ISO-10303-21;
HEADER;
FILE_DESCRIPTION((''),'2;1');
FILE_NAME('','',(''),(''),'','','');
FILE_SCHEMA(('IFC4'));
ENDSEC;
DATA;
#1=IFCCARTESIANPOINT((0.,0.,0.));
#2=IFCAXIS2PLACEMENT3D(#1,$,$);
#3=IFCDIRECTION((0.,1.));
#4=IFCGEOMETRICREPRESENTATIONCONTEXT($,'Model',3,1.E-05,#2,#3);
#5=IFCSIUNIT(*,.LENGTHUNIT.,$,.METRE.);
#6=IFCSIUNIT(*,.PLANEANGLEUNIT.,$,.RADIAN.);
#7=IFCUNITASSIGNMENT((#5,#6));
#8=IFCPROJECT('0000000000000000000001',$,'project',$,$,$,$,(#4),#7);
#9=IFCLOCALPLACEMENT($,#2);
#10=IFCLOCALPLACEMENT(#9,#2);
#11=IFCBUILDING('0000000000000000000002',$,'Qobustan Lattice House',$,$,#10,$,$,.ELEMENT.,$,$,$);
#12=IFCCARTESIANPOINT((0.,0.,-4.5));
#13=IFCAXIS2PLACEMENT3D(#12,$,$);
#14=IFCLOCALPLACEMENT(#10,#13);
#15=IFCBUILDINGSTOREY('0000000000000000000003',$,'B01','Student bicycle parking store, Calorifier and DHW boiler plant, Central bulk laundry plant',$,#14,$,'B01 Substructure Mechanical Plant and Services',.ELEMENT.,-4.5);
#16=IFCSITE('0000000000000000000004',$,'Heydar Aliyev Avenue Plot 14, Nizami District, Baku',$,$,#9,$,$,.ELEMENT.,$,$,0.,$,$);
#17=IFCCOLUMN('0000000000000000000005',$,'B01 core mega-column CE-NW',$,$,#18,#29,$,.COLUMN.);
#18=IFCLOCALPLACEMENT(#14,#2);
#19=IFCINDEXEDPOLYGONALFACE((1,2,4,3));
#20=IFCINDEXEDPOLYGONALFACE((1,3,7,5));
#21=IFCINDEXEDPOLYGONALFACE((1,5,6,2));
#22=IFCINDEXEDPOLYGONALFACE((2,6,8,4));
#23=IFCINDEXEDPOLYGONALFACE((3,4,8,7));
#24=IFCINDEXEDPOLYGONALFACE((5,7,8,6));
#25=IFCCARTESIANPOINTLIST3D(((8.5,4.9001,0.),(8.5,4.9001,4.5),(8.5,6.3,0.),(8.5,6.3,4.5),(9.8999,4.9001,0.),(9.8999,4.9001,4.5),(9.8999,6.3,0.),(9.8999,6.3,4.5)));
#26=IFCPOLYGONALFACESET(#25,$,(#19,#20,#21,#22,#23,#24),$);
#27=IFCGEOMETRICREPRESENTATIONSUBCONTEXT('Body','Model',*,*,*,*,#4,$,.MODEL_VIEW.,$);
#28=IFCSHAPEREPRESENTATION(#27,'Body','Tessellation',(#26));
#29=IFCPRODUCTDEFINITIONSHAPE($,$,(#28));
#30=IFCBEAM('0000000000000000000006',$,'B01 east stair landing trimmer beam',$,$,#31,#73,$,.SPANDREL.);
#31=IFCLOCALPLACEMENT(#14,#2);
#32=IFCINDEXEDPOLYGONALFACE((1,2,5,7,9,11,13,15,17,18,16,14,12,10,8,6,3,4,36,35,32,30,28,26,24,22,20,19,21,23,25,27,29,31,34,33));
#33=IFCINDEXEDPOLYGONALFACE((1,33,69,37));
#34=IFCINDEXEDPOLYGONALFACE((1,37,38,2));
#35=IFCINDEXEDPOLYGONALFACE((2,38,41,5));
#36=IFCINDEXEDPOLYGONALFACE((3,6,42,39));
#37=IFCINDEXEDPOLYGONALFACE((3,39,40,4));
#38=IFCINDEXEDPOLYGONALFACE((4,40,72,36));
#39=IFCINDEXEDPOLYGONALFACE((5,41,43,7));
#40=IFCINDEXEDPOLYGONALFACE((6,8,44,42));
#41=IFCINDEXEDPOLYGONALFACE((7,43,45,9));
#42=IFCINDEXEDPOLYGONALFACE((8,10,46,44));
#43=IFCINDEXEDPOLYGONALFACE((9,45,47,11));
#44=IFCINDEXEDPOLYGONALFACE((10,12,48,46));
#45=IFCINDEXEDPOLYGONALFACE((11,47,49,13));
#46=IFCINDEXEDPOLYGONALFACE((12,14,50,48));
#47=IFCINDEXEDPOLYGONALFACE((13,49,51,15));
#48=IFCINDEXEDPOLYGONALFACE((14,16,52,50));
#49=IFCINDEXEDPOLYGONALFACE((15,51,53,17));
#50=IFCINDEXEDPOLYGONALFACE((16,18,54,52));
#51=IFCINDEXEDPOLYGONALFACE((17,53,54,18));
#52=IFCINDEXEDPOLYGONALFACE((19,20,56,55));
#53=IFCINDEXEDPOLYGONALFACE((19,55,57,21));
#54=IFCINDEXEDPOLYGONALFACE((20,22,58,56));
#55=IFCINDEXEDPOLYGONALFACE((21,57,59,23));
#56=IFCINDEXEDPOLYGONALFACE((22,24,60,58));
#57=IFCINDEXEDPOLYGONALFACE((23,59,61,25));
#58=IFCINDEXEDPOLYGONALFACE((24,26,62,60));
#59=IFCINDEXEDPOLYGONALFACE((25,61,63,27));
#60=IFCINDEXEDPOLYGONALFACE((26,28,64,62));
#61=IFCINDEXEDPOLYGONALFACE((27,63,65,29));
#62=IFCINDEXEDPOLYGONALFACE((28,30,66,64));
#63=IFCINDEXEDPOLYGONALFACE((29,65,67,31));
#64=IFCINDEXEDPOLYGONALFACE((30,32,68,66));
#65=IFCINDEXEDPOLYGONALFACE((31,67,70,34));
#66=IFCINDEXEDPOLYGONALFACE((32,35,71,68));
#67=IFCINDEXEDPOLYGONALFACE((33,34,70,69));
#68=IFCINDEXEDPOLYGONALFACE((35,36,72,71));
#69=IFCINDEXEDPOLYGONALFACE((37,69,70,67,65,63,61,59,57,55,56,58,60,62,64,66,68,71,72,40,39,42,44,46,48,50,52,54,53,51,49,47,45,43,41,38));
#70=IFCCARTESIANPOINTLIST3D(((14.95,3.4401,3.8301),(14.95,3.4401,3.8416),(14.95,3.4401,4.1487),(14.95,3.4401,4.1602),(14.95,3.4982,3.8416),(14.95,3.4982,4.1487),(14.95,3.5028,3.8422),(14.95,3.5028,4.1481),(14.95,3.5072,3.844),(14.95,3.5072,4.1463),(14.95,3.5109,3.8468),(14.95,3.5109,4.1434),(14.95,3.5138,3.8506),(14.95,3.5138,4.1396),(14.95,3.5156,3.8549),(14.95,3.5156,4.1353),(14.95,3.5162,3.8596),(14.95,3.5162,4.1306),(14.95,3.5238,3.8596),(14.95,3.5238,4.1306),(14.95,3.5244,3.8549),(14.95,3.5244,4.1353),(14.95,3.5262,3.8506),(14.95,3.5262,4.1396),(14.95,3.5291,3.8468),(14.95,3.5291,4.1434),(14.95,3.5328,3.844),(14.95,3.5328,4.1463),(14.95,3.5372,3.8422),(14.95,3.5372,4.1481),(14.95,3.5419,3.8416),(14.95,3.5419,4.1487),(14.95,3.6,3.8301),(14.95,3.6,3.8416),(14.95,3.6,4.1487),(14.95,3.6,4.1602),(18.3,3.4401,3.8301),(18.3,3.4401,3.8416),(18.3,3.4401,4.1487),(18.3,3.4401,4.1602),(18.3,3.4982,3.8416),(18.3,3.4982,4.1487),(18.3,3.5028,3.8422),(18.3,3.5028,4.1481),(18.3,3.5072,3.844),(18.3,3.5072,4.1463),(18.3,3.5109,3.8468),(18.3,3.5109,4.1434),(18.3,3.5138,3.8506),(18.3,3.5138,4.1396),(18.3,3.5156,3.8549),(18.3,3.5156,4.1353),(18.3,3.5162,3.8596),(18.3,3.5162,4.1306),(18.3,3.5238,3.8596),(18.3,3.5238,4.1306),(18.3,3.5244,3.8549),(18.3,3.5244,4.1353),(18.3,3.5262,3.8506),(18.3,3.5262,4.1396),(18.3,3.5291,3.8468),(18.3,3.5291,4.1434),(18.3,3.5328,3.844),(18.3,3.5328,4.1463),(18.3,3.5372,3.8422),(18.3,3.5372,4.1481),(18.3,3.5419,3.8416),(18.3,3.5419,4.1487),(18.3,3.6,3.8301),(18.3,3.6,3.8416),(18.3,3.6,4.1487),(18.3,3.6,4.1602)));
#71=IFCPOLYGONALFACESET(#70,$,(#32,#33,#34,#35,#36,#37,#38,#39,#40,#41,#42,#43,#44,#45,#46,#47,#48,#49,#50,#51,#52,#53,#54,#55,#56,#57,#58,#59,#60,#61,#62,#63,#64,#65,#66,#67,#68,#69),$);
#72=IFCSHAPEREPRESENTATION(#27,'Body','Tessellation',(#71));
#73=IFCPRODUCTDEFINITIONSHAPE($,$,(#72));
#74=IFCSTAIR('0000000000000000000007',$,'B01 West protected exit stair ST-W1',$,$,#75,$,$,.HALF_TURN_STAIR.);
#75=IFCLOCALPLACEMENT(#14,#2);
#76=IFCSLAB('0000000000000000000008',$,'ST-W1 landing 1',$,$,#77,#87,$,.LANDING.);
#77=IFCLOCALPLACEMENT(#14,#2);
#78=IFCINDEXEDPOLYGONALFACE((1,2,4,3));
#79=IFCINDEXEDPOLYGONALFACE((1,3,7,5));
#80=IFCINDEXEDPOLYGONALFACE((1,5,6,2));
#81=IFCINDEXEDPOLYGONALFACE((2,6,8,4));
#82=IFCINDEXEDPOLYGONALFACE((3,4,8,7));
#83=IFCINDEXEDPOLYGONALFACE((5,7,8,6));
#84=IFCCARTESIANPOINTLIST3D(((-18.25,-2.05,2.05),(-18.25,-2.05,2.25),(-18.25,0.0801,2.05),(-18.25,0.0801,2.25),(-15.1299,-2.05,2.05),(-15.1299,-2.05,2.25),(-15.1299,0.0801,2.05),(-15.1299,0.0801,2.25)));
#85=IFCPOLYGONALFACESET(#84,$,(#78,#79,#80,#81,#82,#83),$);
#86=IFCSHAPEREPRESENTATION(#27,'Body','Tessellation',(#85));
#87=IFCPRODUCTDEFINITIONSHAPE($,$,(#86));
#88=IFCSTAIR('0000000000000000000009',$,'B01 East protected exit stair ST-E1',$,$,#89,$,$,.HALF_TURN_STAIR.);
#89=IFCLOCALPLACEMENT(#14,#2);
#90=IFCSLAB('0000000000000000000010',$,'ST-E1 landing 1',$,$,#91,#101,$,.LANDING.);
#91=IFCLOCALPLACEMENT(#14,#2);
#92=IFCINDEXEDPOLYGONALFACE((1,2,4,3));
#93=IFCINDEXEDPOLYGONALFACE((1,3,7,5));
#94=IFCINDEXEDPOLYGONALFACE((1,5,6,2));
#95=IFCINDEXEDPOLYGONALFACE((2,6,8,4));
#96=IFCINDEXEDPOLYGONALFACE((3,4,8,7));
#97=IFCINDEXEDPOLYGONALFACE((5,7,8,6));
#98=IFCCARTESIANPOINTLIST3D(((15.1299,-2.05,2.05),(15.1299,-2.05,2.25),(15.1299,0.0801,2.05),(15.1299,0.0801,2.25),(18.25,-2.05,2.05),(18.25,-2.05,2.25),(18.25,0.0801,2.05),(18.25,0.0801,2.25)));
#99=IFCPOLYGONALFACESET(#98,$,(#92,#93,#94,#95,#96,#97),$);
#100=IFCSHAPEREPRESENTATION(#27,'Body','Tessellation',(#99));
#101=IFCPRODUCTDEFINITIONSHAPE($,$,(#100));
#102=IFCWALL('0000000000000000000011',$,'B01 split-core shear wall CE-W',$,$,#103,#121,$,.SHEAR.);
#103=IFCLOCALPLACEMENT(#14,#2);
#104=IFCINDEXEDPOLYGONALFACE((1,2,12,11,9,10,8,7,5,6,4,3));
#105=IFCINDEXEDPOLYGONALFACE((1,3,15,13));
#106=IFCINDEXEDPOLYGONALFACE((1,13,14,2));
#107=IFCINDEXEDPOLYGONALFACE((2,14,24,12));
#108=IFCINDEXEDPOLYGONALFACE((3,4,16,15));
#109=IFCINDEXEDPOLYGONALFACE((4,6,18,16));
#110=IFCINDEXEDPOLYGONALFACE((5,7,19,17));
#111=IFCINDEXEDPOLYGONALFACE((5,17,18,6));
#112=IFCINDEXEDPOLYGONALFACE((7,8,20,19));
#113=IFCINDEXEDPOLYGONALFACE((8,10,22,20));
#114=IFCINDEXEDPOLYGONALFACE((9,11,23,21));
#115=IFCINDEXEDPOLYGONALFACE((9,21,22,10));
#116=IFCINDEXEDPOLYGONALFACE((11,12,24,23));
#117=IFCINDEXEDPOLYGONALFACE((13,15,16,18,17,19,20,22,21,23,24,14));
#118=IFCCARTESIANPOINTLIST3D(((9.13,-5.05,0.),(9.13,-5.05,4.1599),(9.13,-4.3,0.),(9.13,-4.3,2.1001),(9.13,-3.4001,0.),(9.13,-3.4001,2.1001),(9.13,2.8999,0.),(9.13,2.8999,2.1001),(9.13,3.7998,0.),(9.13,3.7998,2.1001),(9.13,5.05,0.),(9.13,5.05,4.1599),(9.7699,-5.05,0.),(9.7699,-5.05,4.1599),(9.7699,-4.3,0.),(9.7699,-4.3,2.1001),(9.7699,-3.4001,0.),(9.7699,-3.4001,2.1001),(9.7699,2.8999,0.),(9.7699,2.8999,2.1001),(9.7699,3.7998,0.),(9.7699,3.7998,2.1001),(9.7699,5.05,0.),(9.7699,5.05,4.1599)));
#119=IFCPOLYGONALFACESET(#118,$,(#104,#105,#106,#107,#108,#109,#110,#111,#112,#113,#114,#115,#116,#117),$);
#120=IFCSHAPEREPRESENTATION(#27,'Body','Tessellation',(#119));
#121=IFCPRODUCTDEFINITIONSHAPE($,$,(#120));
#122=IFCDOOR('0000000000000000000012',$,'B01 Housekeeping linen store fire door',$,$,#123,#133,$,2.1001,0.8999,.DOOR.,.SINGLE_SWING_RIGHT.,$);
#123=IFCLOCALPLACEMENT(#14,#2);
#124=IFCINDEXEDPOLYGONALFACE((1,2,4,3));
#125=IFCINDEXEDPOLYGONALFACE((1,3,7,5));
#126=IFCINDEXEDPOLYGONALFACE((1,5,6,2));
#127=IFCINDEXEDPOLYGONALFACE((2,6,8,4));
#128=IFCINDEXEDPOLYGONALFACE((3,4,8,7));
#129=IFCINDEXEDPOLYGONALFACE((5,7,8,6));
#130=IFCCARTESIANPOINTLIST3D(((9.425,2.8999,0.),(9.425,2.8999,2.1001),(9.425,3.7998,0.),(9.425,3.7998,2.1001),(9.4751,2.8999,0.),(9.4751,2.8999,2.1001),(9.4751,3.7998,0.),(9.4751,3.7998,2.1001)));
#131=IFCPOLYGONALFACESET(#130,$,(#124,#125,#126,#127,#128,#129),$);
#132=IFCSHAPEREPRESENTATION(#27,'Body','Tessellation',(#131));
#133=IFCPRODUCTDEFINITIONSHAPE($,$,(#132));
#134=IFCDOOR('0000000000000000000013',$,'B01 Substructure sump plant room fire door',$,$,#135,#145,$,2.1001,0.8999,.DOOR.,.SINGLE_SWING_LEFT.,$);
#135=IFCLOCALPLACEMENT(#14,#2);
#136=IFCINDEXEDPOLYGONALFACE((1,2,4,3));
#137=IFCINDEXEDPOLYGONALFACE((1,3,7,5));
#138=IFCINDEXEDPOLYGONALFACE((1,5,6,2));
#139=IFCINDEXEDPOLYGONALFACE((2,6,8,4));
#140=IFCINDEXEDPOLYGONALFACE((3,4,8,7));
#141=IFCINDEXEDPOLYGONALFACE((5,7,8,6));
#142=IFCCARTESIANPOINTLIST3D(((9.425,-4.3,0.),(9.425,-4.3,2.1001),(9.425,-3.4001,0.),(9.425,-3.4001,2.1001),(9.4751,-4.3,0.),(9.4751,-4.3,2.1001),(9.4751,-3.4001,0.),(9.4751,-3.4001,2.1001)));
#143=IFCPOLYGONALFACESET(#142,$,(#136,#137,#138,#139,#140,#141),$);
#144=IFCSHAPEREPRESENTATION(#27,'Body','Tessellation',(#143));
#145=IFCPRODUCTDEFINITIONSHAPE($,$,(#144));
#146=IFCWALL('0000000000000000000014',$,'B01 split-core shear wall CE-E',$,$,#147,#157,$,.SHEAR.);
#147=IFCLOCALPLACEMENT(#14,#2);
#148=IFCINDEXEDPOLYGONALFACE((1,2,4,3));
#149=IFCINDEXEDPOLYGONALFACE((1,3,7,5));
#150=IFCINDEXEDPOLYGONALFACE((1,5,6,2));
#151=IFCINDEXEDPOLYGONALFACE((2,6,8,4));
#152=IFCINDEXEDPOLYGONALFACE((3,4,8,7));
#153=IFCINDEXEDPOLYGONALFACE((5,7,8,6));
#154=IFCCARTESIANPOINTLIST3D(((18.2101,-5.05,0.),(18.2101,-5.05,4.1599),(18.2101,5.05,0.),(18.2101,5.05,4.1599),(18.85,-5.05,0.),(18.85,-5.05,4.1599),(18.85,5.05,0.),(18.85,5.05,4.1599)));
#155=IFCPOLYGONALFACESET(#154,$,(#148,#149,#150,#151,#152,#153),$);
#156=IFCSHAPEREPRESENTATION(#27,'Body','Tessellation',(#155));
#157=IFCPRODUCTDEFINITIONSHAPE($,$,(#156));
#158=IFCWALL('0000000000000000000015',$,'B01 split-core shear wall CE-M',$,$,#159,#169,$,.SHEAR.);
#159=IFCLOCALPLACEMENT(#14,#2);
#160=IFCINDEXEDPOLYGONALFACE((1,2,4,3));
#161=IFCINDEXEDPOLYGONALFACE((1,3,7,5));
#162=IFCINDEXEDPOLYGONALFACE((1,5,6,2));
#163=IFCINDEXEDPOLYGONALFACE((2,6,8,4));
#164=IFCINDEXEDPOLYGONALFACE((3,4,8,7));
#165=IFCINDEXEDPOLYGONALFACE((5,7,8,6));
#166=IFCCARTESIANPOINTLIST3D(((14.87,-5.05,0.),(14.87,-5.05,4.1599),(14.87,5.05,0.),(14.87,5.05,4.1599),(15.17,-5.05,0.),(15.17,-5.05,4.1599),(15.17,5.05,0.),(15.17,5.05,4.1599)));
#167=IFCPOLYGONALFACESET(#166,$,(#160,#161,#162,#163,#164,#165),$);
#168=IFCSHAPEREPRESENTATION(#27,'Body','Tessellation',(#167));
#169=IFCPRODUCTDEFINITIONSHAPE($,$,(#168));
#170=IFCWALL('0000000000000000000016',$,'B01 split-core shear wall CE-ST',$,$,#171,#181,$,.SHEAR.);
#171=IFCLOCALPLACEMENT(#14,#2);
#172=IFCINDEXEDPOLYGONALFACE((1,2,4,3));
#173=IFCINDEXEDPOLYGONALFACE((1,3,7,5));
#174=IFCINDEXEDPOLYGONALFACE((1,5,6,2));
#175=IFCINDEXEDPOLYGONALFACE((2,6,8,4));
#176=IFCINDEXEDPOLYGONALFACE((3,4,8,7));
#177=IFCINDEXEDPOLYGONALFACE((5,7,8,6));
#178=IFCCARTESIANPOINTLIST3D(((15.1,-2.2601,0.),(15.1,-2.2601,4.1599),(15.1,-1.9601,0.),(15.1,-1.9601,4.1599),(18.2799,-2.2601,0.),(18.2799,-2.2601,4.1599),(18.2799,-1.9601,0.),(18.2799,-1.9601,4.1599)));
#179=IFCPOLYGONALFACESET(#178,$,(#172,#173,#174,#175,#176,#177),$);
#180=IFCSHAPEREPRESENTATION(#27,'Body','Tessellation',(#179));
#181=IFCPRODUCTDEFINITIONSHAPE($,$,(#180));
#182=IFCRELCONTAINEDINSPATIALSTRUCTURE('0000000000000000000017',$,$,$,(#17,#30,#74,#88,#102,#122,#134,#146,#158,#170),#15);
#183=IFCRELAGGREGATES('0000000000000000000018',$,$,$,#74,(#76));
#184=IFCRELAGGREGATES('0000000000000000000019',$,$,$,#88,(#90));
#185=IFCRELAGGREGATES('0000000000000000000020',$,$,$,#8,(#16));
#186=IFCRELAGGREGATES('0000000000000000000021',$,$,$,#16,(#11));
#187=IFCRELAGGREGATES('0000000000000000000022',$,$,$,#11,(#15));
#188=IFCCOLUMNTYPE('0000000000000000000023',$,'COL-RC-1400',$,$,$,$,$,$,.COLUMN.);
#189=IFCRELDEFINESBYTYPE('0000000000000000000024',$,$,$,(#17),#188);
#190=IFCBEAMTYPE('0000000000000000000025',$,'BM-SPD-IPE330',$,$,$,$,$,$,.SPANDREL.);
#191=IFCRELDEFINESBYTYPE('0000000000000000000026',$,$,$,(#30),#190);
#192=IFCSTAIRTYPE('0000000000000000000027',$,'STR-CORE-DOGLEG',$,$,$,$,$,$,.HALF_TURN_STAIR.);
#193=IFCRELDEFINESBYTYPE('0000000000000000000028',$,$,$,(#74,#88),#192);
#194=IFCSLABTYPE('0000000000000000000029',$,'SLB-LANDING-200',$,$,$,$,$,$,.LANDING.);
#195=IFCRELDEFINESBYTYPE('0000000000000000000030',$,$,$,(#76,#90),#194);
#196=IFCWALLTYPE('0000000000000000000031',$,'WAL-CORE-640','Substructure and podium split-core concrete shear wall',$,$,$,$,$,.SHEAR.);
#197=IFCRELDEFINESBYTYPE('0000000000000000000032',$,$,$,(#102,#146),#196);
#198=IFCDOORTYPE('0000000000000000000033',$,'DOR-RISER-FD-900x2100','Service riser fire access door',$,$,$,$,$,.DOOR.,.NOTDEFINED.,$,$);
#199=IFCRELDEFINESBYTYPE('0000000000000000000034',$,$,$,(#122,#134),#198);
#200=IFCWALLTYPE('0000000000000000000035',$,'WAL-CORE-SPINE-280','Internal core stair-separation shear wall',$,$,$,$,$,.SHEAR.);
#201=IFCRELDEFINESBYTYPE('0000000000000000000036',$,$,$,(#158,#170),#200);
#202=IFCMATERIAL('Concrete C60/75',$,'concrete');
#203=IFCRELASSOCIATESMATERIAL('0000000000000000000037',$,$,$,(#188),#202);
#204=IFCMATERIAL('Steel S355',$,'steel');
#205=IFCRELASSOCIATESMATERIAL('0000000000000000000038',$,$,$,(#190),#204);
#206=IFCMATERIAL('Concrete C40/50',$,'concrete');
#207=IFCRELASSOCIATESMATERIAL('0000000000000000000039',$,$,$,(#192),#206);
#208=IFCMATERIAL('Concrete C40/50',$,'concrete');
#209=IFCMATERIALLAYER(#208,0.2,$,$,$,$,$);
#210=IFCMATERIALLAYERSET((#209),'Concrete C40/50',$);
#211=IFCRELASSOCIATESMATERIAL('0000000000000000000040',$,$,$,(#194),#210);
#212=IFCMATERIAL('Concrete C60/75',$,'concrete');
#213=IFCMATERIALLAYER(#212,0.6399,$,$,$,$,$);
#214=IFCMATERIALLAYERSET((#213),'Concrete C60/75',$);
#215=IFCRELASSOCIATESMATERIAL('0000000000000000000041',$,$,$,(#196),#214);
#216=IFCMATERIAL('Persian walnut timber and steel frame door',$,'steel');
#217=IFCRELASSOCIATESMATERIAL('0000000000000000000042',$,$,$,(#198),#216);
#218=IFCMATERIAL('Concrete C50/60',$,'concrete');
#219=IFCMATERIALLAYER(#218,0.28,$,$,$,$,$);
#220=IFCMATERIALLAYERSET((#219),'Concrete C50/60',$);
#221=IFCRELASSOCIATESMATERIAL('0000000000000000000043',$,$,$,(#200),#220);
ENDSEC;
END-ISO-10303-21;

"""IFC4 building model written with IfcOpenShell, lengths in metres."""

from ifc_helpers import new_model, si_unit, direction, frame, frame_2d, origin, origin_2d, place, context, subcontext, project, spatial, polyline, rectangle, i_section, outline, extrude, material, layer, layer_set, material_profile, profile_set, type_object, element, fill, aggregate, save


model = new_model("IFC4")

# Units and contexts
model_context = context("Model", 3, precision=1e-05, world=origin(), true_north=direction((0.0, 1.0)))
body_context = subcontext(model_context, "Body", "Model", "MODEL_VIEW")
ifc_project = project(units=[si_unit("LENGTHUNIT", "METRE"), si_unit("PLANEANGLEUNIT", "RADIAN")], contexts=[model_context])

# Site, building, storey
site_placement = place(None, origin())
site = spatial("IfcSite", under=ifc_project, at=site_placement, Name="Heydar Aliyev Avenue Plot 14, Nizami District, Baku", CompositionType="ELEMENT", RefElevation=0.0)
building_placement = place(site_placement, origin())
building = spatial("IfcBuilding", under=site, at=building_placement, Name="Qobustan Lattice House", CompositionType="ELEMENT")
storey_placement = place(building_placement, frame((0.0, 0.0, -4.5)))
storey = spatial("IfcBuildingStorey", under=building, at=storey_placement, Name="B01", Description="Student bicycle parking store, Calorifier and DHW boiler plant, Central bulk laundry plant", LongName="B01 Substructure Mechanical Plant and Services", CompositionType="ELEMENT", Elevation=-4.5)

# Column
ifc_material_1 = material(Name="Concrete C60/75", Category="concrete")
ifc_material_profile_1 = material_profile(ifc_material_1, rectangle(XDim=1.3999, YDim=1.3999, at=origin_2d()), Name="RC1400x1400")
ifc_profile_set_1 = profile_set([ifc_material_profile_1], Name="Concrete C60/75")
column_type = type_object("IfcColumnType", Name="COL-RC-1400", PredefinedType="COLUMN", material=ifc_profile_set_1)
column_placement = place(storey_placement, frame((9.2, 5.6001, 0.0), z_axis=(0.0, 0.0, 1.0), x_axis=(1.0, 0.0, 0.0)))
element("IfcColumn", 1, at=column_placement, inside=storey, type_object=column_type, Name="B01 core mega-column CE-NW", PredefinedType="COLUMN", context=body_context, shape_type="SweptSolid", body=[
    extrude(rectangle(XDim=1.3999, YDim=1.3999, at=origin_2d()), origin(), (0.0, 0.0, 1.0), 4.5),
])

# Beam
ifc_material_2 = material(Name="Steel S355", Category="steel")
ifc_material_profile_2 = material_profile(ifc_material_2, i_section(OverallWidth=0.1599, OverallDepth=0.3301, WebThickness=0.0076, FlangeThickness=0.0115, FilletRadius=0.0181, at=origin_2d()), Name="IPE330")
ifc_profile_set_2 = profile_set([ifc_material_profile_2], Name="Steel S355")
beam_type = type_object("IfcBeamType", Name="BM-SPD-IPE330", PredefinedType="SPANDREL", material=ifc_profile_set_2)
beam_placement = place(storey_placement, frame((14.95, 3.52, 3.9951), z_axis=(1.0, 0.0, 0.0), x_axis=(0.0, 1.0, 0.0)))
element("IfcBeam", 2, at=beam_placement, inside=storey, type_object=beam_type, Name="B01 east stair landing trimmer beam", PredefinedType="SPANDREL", context=body_context, shape_type="SweptSolid", body=[
    extrude(i_section(OverallWidth=0.1599, OverallDepth=0.3301, WebThickness=0.0076, FlangeThickness=0.0115, FilletRadius=0.0181, at=origin_2d()), origin(), (0.0, 0.0, 1.0), 3.3501),
])

# Stairs, slabs
ifc_material_3 = material(Name="Concrete C40/50", Category="concrete")
stair_type = type_object("IfcStairType", Name="STR-CORE-DOGLEG", PredefinedType="HALF_TURN_STAIR", material=ifc_material_3)
stair_1_placement = place(storey_placement, origin())
stair_1 = element("IfcStair", 3, at=stair_1_placement, inside=storey, type_object=stair_type, Name="B01 West protected exit stair ST-W1", PredefinedType="HALF_TURN_STAIR")
ifc_material_4 = material(Name="Concrete C40/50", Category="concrete")
ifc_layer_1 = layer(ifc_material_4, 0.2)
ifc_layer_set_1 = layer_set([ifc_layer_1], Name="Concrete C40/50")
slab_type = type_object("IfcSlabType", Name="SLB-LANDING-200", PredefinedType="LANDING", material=ifc_layer_set_1)
slab_1_placement = place(storey_placement, frame((0.0, 0.0, 2.05)))
slab_1 = element("IfcSlab", 4, at=slab_1_placement, type_object=slab_type, Name="ST-W1 landing 1", PredefinedType="LANDING", context=body_context, shape_type="SweptSolid", body=[
    extrude(outline(polyline([(-18.25, 0.0801), (-18.25, -2.05), (-15.1299, -2.05), (-15.1299, 0.0801), (-18.25, 0.0801)])), origin(), (0.0, 0.0, 1.0), 0.2),
])
aggregate(stair_1, [slab_1])
stair_2_placement = place(storey_placement, origin())
stair_2 = element("IfcStair", 5, at=stair_2_placement, inside=storey, type_object=stair_type, Name="B01 East protected exit stair ST-E1", PredefinedType="HALF_TURN_STAIR")
slab_2_placement = place(storey_placement, frame((0.0, 0.0, 2.05)))
slab_2 = element("IfcSlab", 6, at=slab_2_placement, type_object=slab_type, Name="ST-E1 landing 1", PredefinedType="LANDING", context=body_context, shape_type="SweptSolid", body=[
    extrude(outline(polyline([(15.1299, 0.0801), (15.1299, -2.05), (18.25, -2.05), (18.25, 0.0801), (15.1299, 0.0801)])), origin(), (0.0, 0.0, 1.0), 0.2),
])

# Wall, openings, doors
ifc_material_5 = material(Name="Concrete C60/75", Category="concrete")
ifc_layer_2 = layer(ifc_material_5, 0.6399)
ifc_layer_set_2 = layer_set([ifc_layer_2], Name="Concrete C60/75")
wall_type_1 = type_object("IfcWallType", Name="WAL-CORE-640", Description="Substructure and podium split-core concrete shear wall", PredefinedType="SHEAR", material=ifc_layer_set_2)
wall_1_placement = place(storey_placement, frame((9.45, -5.05, 0.0), z_axis=(0.0, 0.0, 1.0), x_axis=(0.0, 1.0, 0.0)))
wall_1 = element("IfcWall", 7, at=wall_1_placement, inside=storey, type_object=wall_type_1, Name="B01 split-core shear wall CE-W", PredefinedType="SHEAR", context=body_context, shape_type="SweptSolid", body=[
    extrude(rectangle(XDim=10.1001, YDim=0.6399, at=frame_2d((5.05, 0.0))), origin(), (0.0, 0.0, 1.0), 4.1599),
])
opening_1_placement = place(wall_1_placement, frame((7.95, 0.0, 0.0)))
opening_1 = element("IfcOpeningElement", 8, at=opening_1_placement, cuts=wall_1, PredefinedType="OPENING", context=body_context, shape_type="SweptSolid", body=[
    extrude(rectangle(XDim=0.8999, YDim=2.1001, at=frame_2d((0.45, 1.05))), frame((0.0, 0.3298, 0.0), z_axis=(0.0, -1.0, 0.0), x_axis=(1.0, 0.0, 0.0)), (0.0, 0.0, 1.0), 0.6599),
])
opening_2_placement = place(wall_1_placement, frame((0.75, 0.0, 0.0)))
opening_2 = element("IfcOpeningElement", 9, at=opening_2_placement, cuts=wall_1, PredefinedType="OPENING", context=body_context, shape_type="SweptSolid", body=[
    extrude(rectangle(XDim=0.8999, YDim=2.1001, at=frame_2d((0.45, 1.05))), frame((0.0, 0.3298, 0.0), z_axis=(0.0, -1.0, 0.0), x_axis=(1.0, 0.0, 0.0)), (0.0, 0.0, 1.0), 0.6599),
])
ifc_material_6 = material(Name="Persian walnut timber and steel frame door", Category="steel")
door_type_1 = type_object("IfcDoorType", Name="DOR-RISER-FD-900x2100", Description="Service riser fire access door", OperationType="NOTDEFINED", PredefinedType="DOOR", material=ifc_material_6)
door_1_placement = place(opening_1_placement, origin())
door_1 = element("IfcDoor", 10, at=door_1_placement, inside=storey, type_object=door_type_1, Name="B01 Housekeeping linen store fire door", OperationType="SINGLE_SWING_RIGHT", OverallHeight=2.1001, OverallWidth=0.8999, PredefinedType="DOOR", context=body_context, shape_type="SweptSolid", body=[
    extrude(rectangle(XDim=0.8999, YDim=2.1001, at=frame_2d((0.45, 1.05))), frame((0.0, 0.0249, 0.0), z_axis=(0.0, -1.0, 0.0), x_axis=(1.0, 0.0, 0.0)), (0.0, 0.0, 1.0), 0.05),
])
fill(opening_1, door_1)
door_2_placement = place(opening_2_placement, origin())
door_2 = element("IfcDoor", 11, at=door_2_placement, inside=storey, type_object=door_type_1, Name="B01 Substructure sump plant room fire door", OperationType="SINGLE_SWING_LEFT", OverallHeight=2.1001, OverallWidth=0.8999, PredefinedType="DOOR", context=body_context, shape_type="SweptSolid", body=[
    extrude(rectangle(XDim=0.8999, YDim=2.1001, at=frame_2d((0.45, 1.05))), frame((0.0, 0.0249, 0.0), z_axis=(0.0, -1.0, 0.0), x_axis=(1.0, 0.0, 0.0)), (0.0, 0.0, 1.0), 0.05),
])
fill(opening_2, door_2)

# Walls
wall_2_placement = place(storey_placement, frame((18.53, -5.05, 0.0), z_axis=(0.0, 0.0, 1.0), x_axis=(0.0, 1.0, 0.0)))
element("IfcWall", 12, at=wall_2_placement, inside=storey, type_object=wall_type_1, Name="B01 split-core shear wall CE-E", PredefinedType="SHEAR", context=body_context, shape_type="SweptSolid", body=[
    extrude(rectangle(XDim=10.1001, YDim=0.6399, at=frame_2d((5.05, 0.0))), origin(), (0.0, 0.0, 1.0), 4.1599),
])
ifc_material_7 = material(Name="Concrete C50/60", Category="concrete")
ifc_layer_3 = layer(ifc_material_7, 0.28)
ifc_layer_set_3 = layer_set([ifc_layer_3], Name="Concrete C50/60")
wall_type_2 = type_object("IfcWallType", Name="WAL-CORE-SPINE-280", Description="Internal core stair-separation shear wall", PredefinedType="SHEAR", material=ifc_layer_set_3)
wall_3_placement = place(storey_placement, frame((15.02, -5.05, 0.0), z_axis=(0.0, 0.0, 1.0), x_axis=(0.0, 1.0, 0.0)))
element("IfcWall", 13, at=wall_3_placement, inside=storey, type_object=wall_type_2, Name="B01 split-core shear wall CE-M", PredefinedType="SHEAR", context=body_context, shape_type="SweptSolid", body=[
    extrude(rectangle(XDim=10.1001, YDim=0.3, at=frame_2d((5.05, 0.0))), origin(), (0.0, 0.0, 1.0), 4.1599),
])
wall_4_placement = place(storey_placement, frame((15.1001, -2.1101, 0.0), z_axis=(0.0, 0.0, 1.0), x_axis=(1.0, 0.0, 0.0)))
element("IfcWall", 14, at=wall_4_placement, inside=storey, type_object=wall_type_2, Name="B01 split-core shear wall CE-ST", PredefinedType="SHEAR", context=body_context, shape_type="SweptSolid", body=[
    extrude(rectangle(XDim=3.1799, YDim=0.3, at=frame_2d((1.5898, 0.0))), origin(), (0.0, 0.0, 1.0), 4.1599),
])

aggregate(stair_2, [slab_2])

save(model, "model.ifc")
